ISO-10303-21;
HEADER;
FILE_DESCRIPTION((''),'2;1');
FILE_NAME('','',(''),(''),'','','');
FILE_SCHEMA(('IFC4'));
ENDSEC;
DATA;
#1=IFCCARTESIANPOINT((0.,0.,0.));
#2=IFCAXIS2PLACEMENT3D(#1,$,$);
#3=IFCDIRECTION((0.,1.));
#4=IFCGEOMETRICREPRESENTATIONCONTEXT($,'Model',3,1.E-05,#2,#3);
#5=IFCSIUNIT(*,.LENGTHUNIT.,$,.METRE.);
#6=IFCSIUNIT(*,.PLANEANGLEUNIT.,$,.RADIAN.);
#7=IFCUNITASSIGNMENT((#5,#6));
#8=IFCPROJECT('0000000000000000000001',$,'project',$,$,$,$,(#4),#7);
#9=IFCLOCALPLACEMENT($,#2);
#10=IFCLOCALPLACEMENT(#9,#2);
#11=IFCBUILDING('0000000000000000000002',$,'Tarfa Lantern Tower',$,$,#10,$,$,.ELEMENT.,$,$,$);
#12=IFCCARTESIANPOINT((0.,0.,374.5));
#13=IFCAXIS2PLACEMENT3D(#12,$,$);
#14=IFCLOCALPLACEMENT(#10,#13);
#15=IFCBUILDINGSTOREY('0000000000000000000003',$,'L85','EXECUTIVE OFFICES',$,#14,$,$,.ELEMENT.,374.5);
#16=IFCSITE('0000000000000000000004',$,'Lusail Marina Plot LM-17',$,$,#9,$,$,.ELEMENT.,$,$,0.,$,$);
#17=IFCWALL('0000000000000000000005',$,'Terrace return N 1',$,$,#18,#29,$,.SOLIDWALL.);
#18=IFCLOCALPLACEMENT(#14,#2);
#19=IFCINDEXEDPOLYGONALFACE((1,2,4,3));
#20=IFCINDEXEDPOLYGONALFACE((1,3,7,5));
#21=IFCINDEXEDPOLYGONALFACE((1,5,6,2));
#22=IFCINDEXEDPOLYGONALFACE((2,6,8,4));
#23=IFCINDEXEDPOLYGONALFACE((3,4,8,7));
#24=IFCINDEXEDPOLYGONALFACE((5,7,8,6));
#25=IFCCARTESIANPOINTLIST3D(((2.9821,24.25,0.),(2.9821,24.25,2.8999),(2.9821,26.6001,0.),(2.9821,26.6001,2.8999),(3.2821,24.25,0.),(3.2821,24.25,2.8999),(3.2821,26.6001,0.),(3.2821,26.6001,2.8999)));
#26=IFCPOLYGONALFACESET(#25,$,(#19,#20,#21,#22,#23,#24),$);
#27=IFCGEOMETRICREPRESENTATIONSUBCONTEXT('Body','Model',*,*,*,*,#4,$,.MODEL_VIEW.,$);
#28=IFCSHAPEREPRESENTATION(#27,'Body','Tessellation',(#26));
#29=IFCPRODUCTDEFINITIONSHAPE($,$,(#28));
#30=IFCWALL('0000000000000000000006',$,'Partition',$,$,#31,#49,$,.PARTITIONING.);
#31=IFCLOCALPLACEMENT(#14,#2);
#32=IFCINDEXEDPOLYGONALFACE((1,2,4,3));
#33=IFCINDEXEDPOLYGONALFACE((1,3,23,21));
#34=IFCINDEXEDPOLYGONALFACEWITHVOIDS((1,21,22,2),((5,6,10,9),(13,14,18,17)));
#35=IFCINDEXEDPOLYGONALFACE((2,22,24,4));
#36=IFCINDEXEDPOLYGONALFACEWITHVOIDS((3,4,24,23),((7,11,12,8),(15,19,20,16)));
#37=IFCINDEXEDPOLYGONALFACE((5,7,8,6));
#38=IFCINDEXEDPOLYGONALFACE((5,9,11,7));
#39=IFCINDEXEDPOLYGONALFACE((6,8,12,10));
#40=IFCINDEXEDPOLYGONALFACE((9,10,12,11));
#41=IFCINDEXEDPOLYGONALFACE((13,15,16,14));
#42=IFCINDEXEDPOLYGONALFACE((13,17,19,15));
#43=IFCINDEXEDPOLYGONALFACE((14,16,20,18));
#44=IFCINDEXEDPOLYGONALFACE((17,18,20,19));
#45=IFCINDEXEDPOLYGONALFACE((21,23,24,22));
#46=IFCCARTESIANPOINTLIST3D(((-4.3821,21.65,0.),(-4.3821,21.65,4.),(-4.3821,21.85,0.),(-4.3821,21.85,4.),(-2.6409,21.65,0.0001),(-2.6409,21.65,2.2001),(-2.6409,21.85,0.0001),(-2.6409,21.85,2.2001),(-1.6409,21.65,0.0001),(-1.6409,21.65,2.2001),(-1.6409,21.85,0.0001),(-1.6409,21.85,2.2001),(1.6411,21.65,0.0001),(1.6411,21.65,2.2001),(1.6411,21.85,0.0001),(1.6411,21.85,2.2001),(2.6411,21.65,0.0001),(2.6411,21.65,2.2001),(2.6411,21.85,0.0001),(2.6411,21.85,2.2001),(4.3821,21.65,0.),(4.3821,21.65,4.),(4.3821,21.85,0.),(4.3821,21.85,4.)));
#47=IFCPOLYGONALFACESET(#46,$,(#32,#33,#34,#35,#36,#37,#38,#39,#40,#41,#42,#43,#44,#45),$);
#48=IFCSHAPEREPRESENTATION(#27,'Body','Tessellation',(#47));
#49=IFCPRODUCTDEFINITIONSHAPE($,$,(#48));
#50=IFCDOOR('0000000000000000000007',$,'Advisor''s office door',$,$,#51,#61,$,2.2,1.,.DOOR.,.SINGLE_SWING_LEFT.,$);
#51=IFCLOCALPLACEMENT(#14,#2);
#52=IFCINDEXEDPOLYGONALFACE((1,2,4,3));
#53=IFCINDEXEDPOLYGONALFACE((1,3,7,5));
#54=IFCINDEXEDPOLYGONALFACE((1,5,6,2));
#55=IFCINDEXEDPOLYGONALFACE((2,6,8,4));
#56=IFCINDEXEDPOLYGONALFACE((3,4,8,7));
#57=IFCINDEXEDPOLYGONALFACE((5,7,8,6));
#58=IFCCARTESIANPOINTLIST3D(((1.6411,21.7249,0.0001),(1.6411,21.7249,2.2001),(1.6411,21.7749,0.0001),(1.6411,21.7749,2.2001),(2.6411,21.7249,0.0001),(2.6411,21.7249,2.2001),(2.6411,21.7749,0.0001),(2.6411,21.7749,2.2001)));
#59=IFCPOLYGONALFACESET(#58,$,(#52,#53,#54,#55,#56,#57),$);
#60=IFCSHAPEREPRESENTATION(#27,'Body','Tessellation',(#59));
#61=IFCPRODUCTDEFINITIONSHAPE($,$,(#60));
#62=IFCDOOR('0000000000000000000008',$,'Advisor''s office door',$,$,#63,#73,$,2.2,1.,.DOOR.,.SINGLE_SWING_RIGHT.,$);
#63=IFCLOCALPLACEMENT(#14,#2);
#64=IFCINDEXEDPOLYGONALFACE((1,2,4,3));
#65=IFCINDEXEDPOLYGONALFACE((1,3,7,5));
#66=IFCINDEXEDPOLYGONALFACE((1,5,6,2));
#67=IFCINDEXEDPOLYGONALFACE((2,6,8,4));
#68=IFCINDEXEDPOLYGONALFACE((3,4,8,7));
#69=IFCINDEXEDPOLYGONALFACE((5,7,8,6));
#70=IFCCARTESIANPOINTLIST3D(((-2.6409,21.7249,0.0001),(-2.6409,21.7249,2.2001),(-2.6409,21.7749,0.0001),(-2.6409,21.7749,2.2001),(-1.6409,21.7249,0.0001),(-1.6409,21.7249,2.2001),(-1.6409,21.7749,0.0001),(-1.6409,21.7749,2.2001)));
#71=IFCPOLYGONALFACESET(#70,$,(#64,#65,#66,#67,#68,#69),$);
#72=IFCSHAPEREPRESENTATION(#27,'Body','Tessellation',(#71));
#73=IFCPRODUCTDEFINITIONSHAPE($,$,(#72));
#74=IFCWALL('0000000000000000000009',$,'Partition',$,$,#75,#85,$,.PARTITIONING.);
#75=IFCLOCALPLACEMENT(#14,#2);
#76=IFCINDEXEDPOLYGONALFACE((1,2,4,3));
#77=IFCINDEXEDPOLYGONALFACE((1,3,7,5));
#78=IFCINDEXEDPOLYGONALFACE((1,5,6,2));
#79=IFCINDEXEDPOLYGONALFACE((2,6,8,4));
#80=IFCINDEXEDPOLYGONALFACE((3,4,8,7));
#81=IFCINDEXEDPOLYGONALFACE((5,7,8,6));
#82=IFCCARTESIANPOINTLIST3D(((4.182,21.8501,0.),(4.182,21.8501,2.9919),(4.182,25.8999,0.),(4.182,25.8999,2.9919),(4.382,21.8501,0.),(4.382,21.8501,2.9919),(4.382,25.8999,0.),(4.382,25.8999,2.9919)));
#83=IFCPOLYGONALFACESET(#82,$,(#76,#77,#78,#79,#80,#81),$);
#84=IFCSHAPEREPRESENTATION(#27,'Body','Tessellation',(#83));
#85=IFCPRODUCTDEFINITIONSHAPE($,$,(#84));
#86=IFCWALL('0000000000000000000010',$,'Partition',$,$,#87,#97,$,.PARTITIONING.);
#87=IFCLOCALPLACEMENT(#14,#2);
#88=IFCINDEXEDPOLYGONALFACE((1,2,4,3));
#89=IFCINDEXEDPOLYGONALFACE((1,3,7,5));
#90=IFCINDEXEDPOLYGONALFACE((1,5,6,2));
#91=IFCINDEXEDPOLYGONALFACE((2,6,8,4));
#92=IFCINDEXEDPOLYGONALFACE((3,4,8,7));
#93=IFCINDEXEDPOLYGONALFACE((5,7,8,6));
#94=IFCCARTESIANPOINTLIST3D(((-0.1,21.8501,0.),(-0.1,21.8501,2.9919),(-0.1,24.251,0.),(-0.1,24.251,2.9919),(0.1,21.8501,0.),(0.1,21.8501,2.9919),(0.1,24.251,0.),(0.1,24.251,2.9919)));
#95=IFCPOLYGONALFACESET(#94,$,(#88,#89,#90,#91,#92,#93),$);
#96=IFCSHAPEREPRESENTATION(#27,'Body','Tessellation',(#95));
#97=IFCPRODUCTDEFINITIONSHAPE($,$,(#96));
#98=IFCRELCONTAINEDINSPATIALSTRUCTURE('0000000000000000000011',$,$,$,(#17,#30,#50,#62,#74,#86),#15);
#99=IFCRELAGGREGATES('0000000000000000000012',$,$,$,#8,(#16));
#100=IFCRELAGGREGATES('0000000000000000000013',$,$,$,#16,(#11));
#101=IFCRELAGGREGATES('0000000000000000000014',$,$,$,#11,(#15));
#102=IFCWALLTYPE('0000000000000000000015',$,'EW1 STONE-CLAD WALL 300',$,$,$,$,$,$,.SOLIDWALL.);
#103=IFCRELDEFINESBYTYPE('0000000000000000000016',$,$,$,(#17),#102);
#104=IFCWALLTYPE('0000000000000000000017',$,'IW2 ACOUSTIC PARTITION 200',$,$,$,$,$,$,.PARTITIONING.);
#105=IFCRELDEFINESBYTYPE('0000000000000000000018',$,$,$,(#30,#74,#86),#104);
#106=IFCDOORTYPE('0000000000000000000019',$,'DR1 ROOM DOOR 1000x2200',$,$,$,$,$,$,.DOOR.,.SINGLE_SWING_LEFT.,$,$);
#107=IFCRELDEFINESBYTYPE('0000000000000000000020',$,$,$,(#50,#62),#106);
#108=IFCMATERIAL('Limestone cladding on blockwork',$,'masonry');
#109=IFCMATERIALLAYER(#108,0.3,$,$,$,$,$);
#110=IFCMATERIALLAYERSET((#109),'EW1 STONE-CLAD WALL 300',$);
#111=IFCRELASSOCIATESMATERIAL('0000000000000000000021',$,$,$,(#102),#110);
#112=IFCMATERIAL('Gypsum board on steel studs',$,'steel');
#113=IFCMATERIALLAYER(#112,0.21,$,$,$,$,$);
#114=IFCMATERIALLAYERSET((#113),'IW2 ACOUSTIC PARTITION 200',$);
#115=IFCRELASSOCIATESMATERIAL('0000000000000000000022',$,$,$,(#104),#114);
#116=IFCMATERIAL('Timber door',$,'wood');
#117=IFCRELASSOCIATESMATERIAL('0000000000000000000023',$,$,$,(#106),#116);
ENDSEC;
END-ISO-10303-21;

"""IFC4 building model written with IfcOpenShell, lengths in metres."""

from ifc_helpers import new_model, si_unit, direction, frame, frame_2d, origin, place, context, subcontext, project, spatial, rectangle, extrude, material, layer, layer_set, type_object, element, fill, save


model = new_model("IFC4")

# Units and contexts
model_context = context("Model", 3, precision=1e-05, world=origin(), true_north=direction((0.0, 1.0)))
body_context = subcontext(model_context, "Body", "Model", "MODEL_VIEW")
ifc_project = project(units=[si_unit("LENGTHUNIT", "METRE"), si_unit("PLANEANGLEUNIT", "RADIAN")], contexts=[model_context])

# Site, building, storey
site_placement = place(None, origin())
site = spatial("IfcSite", under=ifc_project, at=site_placement, Name="Lusail Marina Plot LM-17", CompositionType="ELEMENT", RefElevation=0.0)
building_placement = place(site_placement, origin())
building = spatial("IfcBuilding", under=site, at=building_placement, Name="Tarfa Lantern Tower", CompositionType="ELEMENT")
storey_placement = place(building_placement, frame((0.0, 0.0, 374.5)))
storey = spatial("IfcBuildingStorey", under=building, at=storey_placement, Name="L85", Description="EXECUTIVE OFFICES", CompositionType="ELEMENT", Elevation=374.5)

# Shared definitions
ifc_material_1 = material(Name="Limestone cladding on blockwork", Category="masonry")
ifc_layer_1 = layer(ifc_material_1, 0.3)
ifc_layer_set_1 = layer_set([ifc_layer_1], Name="EW1 STONE-CLAD WALL 300")
wall_type_1 = type_object("IfcWallType", Name="EW1 STONE-CLAD WALL 300", PredefinedType="SOLIDWALL", material=ifc_layer_set_1)

# Wall
wall_1_placement = place(storey_placement, frame((3.1321, 26.6001, 0.0), z_axis=(0.0, 0.0, 1.0), x_axis=(0.0, -1.0, 0.0)))
element("IfcWall", 1, at=wall_1_placement, inside=storey, type_object=wall_type_1, Name="Terrace return N 1", PredefinedType="SOLIDWALL", context=body_context, shape_type="SweptSolid", body=[
    extrude(rectangle(XDim=2.3501, YDim=0.3, at=frame_2d((1.175, 0.0))), origin(), (0.0, 0.0, 1.0), 2.8999),
])

# Wall, openings, doors
ifc_material_2 = material(Name="Gypsum board on steel studs", Category="steel")
ifc_layer_2 = layer(ifc_material_2, 0.21)
ifc_layer_set_2 = layer_set([ifc_layer_2], Name="IW2 ACOUSTIC PARTITION 200")
wall_type_2 = type_object("IfcWallType", Name="IW2 ACOUSTIC PARTITION 200", PredefinedType="PARTITIONING", material=ifc_layer_set_2)
wall_2_placement = place(storey_placement, frame((4.3821, 21.75, 0.0), z_axis=(0.0, 0.0, 1.0), x_axis=(-1.0, 0.0, 0.0)))
wall_2 = element("IfcWall", 2, at=wall_2_placement, inside=storey, type_object=wall_type_2, Name="Partition", PredefinedType="PARTITIONING", context=body_context, shape_type="SweptSolid", body=[
    extrude(rectangle(XDim=8.7642, YDim=0.2, at=frame_2d((4.3821, 0.0))), origin(), (0.0, 0.0, 1.0), 4.0),
])
opening_1_placement = place(wall_2_placement, frame((1.741, 0.0, 0.0)))
opening_1 = element("IfcOpeningElement", 3, at=opening_1_placement, cuts=wall_2, PredefinedType="OPENING", context=body_context, shape_type="SweptSolid", body=[
    extrude(rectangle(XDim=1.0, YDim=2.2, at=frame_2d((0.5, 1.1001))), frame((0.0, 0.1099, 0.0), z_axis=(0.0, -1.0, 0.0), x_axis=(1.0, 0.0, 0.0)), (0.0, 0.0, 1.0), 0.22),
])
opening_2_placement = place(wall_2_placement, frame((6.0229, 0.0, 0.0)))
opening_2 = element("IfcOpeningElement", 4, at=opening_2_placement, cuts=wall_2, PredefinedType="OPENING", context=body_context, shape_type="SweptSolid", body=[
    extrude(rectangle(XDim=1.0, YDim=2.2, at=frame_2d((0.5, 1.1001))), frame((0.0, 0.1099, 0.0), z_axis=(0.0, -1.0, 0.0), x_axis=(1.0, 0.0, 0.0)), (0.0, 0.0, 1.0), 0.22),
])
ifc_material_3 = material(Name="Timber door", Category="wood")
door_type_1 = type_object("IfcDoorType", Name="DR1 ROOM DOOR 1000x2200", OperationType="SINGLE_SWING_LEFT", PredefinedType="DOOR", material=ifc_material_3)
door_1_placement = place(opening_1_placement, frame((1.0, 0.0, 0.0), z_axis=(0.0, 0.0, 1.0), x_axis=(-1.0, 0.0, 0.0)))
door_1 = element("IfcDoor", 5, at=door_1_placement, inside=storey, type_object=door_type_1, Name="Advisor's office door", OperationType="SINGLE_SWING_LEFT", OverallHeight=2.2, OverallWidth=1.0, PredefinedType="DOOR", context=body_context, shape_type="SweptSolid", body=[
    extrude(rectangle(XDim=1.0, YDim=2.2, at=frame_2d((0.5, 1.1001))), frame((0.0, 0.0249, 0.0), z_axis=(0.0, -1.0, 0.0), x_axis=(1.0, 0.0, 0.0)), (0.0, 0.0, 1.0), 0.05),
])
fill(opening_1, door_1)
door_2_placement = place(opening_2_placement, frame((1.0, 0.0, 0.0), z_axis=(0.0, 0.0, 1.0), x_axis=(-1.0, 0.0, 0.0)))
door_2 = element("IfcDoor", 6, at=door_2_placement, inside=storey, type_object=door_type_1, Name="Advisor's office door", OperationType="SINGLE_SWING_RIGHT", OverallHeight=2.2, OverallWidth=1.0, PredefinedType="DOOR", context=body_context, shape_type="SweptSolid", body=[
    extrude(rectangle(XDim=1.0, YDim=2.2, at=frame_2d((0.5, 1.1001))), frame((0.0, 0.0249, 0.0), z_axis=(0.0, -1.0, 0.0), x_axis=(1.0, 0.0, 0.0)), (0.0, 0.0, 1.0), 0.05),
])
fill(opening_2, door_2)

# Walls
wall_3_placement = place(storey_placement, frame((4.282, 21.8501, 0.0), z_axis=(0.0, 0.0, 1.0), x_axis=(0.0, 1.0, 0.0)))
element("IfcWall", 7, at=wall_3_placement, inside=storey, type_object=wall_type_2, Name="Partition", PredefinedType="PARTITIONING", context=body_context, shape_type="SweptSolid", body=[
    extrude(rectangle(XDim=4.0498, YDim=0.2, at=frame_2d((2.0249, 0.0))), origin(), (0.0, 0.0, 1.0), 2.9919),
])
wall_4_placement = place(storey_placement, frame((0.0, 21.8501, 0.0), z_axis=(0.0, 0.0, 1.0), x_axis=(0.0, 1.0, 0.0)))
element("IfcWall", 8, at=wall_4_placement, inside=storey, type_object=wall_type_2, Name="Partition", PredefinedType="PARTITIONING", context=body_context, shape_type="SweptSolid", body=[
    extrude(rectangle(XDim=2.4009, YDim=0.2, at=frame_2d((1.2004, 0.0))), origin(), (0.0, 0.0, 1.0), 2.9919),
])

save(model, "model.ifc")
